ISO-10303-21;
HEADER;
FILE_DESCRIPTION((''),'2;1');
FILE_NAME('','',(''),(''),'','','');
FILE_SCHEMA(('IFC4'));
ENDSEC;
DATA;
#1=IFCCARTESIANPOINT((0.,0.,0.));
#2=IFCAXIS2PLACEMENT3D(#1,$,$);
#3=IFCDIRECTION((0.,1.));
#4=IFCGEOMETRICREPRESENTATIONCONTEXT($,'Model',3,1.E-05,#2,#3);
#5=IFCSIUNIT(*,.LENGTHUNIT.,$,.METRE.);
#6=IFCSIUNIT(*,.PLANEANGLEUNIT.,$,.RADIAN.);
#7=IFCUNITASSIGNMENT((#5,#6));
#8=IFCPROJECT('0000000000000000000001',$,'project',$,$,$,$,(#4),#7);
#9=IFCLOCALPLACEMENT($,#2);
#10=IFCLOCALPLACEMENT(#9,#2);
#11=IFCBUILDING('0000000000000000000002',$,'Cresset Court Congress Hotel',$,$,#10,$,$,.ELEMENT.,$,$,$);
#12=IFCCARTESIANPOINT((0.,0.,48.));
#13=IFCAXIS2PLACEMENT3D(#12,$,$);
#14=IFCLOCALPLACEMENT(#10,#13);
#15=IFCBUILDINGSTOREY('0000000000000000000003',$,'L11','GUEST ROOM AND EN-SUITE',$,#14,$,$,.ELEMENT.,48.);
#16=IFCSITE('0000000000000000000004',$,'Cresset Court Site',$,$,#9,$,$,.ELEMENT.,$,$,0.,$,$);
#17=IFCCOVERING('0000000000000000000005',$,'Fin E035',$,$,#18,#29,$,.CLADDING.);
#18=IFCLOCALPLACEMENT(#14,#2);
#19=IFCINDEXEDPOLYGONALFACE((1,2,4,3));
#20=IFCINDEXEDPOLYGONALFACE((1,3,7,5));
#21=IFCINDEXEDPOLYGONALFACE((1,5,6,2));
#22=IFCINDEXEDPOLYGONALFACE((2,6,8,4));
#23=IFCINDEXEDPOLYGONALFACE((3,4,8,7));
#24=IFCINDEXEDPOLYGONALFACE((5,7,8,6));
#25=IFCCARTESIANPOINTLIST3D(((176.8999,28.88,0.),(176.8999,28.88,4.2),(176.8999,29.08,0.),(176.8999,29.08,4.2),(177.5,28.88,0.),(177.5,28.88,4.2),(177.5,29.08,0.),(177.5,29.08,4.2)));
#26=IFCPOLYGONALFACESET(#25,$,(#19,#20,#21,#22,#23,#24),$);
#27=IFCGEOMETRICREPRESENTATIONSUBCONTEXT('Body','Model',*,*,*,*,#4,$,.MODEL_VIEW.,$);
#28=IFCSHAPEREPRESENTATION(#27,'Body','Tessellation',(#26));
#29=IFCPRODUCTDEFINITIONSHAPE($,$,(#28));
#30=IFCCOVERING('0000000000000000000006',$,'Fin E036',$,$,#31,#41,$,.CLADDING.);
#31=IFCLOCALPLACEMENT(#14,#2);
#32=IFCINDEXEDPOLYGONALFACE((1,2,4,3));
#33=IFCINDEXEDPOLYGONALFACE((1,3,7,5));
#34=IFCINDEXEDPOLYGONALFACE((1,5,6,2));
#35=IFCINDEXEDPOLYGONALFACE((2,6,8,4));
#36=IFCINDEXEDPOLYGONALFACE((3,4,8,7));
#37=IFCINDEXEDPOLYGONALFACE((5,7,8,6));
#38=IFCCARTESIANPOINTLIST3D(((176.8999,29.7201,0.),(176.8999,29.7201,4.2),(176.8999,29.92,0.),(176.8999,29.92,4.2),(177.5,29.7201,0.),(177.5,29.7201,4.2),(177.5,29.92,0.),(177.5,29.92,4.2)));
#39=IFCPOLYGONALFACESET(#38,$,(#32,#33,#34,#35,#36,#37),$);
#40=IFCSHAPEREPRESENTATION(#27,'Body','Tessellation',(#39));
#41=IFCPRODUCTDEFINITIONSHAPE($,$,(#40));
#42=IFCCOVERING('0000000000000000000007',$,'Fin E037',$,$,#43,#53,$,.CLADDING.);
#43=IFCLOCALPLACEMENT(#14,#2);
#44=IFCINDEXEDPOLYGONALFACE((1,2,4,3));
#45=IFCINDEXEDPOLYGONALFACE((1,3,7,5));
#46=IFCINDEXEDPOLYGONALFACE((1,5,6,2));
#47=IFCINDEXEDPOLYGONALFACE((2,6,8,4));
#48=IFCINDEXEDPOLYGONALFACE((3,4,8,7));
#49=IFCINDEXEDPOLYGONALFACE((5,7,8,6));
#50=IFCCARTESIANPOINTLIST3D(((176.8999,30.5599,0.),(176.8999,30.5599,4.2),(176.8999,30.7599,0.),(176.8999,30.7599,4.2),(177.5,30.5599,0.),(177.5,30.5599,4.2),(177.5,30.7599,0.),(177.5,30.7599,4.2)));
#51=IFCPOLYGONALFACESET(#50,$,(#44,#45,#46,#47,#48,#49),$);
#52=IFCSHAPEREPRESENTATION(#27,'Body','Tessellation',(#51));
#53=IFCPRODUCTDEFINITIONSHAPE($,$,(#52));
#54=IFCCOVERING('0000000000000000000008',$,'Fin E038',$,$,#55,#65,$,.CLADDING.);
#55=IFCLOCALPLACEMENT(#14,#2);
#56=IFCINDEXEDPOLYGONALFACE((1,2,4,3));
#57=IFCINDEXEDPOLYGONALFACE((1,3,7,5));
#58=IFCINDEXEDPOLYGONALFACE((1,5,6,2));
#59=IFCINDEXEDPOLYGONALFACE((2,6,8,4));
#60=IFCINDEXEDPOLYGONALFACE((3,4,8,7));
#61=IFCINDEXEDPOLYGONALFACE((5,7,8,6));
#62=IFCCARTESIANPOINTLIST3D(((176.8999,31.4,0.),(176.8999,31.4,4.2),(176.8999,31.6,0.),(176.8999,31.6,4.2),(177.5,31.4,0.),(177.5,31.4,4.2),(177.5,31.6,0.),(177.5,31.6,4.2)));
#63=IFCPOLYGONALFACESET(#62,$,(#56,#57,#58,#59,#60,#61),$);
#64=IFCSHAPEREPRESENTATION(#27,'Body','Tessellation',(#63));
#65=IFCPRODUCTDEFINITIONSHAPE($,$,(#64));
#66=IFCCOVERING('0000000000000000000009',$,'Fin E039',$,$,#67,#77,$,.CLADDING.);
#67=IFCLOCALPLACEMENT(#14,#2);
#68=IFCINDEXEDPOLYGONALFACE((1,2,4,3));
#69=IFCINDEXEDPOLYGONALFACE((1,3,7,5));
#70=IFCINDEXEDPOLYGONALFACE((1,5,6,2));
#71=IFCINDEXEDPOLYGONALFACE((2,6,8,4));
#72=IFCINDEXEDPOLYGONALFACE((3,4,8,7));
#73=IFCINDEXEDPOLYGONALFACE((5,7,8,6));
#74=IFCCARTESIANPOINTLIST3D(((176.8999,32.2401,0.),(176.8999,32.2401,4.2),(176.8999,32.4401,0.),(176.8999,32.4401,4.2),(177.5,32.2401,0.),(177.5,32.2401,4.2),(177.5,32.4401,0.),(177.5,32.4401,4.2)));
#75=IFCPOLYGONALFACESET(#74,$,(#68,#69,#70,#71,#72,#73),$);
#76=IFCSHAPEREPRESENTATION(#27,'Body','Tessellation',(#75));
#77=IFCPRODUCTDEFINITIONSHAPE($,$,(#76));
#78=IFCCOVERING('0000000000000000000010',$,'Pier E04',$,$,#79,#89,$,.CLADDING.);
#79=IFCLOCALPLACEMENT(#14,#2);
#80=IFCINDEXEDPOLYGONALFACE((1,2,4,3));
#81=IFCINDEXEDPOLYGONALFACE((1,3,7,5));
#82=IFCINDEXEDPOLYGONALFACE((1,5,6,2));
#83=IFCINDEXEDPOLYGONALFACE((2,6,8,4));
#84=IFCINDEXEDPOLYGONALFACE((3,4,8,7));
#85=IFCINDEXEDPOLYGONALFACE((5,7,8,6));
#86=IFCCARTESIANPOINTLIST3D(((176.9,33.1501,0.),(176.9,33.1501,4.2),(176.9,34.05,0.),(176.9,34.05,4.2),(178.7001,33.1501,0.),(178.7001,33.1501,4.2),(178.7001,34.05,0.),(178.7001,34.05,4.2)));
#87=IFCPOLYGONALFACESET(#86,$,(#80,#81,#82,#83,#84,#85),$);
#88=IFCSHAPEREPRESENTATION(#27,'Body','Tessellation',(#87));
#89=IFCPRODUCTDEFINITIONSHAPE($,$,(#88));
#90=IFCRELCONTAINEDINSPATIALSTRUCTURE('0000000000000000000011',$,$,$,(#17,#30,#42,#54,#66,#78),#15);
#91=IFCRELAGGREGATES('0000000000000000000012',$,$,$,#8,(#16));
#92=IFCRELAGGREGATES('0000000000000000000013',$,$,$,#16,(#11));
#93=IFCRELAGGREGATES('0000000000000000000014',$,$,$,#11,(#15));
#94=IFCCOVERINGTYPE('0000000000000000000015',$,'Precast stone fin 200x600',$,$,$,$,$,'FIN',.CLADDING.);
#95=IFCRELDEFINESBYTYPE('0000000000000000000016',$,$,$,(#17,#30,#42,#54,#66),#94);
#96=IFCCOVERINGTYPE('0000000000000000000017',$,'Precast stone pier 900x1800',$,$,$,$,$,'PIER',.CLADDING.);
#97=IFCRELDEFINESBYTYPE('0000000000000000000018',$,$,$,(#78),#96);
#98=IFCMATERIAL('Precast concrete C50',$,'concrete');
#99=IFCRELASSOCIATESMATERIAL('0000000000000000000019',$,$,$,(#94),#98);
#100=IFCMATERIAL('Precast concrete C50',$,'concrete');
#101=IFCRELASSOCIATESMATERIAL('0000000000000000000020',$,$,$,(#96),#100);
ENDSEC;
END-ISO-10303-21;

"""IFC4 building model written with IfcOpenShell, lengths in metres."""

from ifc_helpers import new_model, si_unit, direction, frame, origin, origin_2d, place, context, subcontext, project, spatial, rectangle, extrude, material, type_object, element, save


model = new_model("IFC4")

# Units and contexts
model_context = context("Model", 3, precision=1e-05, world=origin(), true_north=direction((0.0, 1.0)))
body_context = subcontext(model_context, "Body", "Model", "MODEL_VIEW")
ifc_project = project(units=[si_unit("LENGTHUNIT", "METRE"), si_unit("PLANEANGLEUNIT", "RADIAN")], contexts=[model_context])

# Site, building, storey
site_placement = place(None, origin())
site = spatial("IfcSite", under=ifc_project, at=site_placement, Name="Cresset Court Site", CompositionType="ELEMENT", RefElevation=0.0)
building_placement = place(site_placement, origin())
building = spatial("IfcBuilding", under=site, at=building_placement, Name="Cresset Court Congress Hotel", CompositionType="ELEMENT")
storey_placement = place(building_placement, frame((0.0, 0.0, 48.0)))
storey = spatial("IfcBuildingStorey", under=building, at=storey_placement, Name="L11", Description="GUEST ROOM AND EN-SUITE", CompositionType="ELEMENT", Elevation=48.0)

# Coverings
ifc_material_1 = material(Name="Precast concrete C50", Category="concrete")
covering_type_1 = type_object("IfcCoveringType", Name="Precast stone fin 200x600", ElementType="FIN", PredefinedType="CLADDING", material=ifc_material_1)
for number, where, z_axis, x_axis, name in (
    (1, (177.2, 28.98, 0.0), (0.0, 0.0, 1.0), (1.0, 0.0, 0.0), "Fin E035"),
    (2, (177.2, 29.8201, 0.0), (0.0, 0.0, 1.0), (1.0, 0.0, 0.0), "Fin E036"),
    (3, (177.2, 30.6599, 0.0), (0.0, 0.0, 1.0), (1.0, 0.0, 0.0), "Fin E037"),
    (4, (177.2, 31.5, 0.0), (0.0, 0.0, 1.0), (1.0, 0.0, 0.0), "Fin E038"),
    (5, (177.2, 32.3401, 0.0), (0.0, 0.0, 1.0), (1.0, 0.0, 0.0), "Fin E039"),
):
    element("IfcCovering", number, at=place(storey_placement, frame(where, z_axis=z_axis, x_axis=x_axis)), inside=storey, type_object=covering_type_1, Name=name, PredefinedType="CLADDING", context=body_context, shape_type="SweptSolid", body=[
        extrude(rectangle(XDim=0.6001, YDim=0.2, at=origin_2d()), origin(), (0.0, 0.0, 1.0), 4.2),
    ])
ifc_material_2 = material(Name="Precast concrete C50", Category="concrete")
covering_type_2 = type_object("IfcCoveringType", Name="Precast stone pier 900x1800", ElementType="PIER", PredefinedType="CLADDING", material=ifc_material_2)
covering_placement = place(storey_placement, frame((177.8, 33.6001, 0.0), z_axis=(0.0, 0.0, 1.0), x_axis=(1.0, 0.0, 0.0)))
element("IfcCovering", 6, at=covering_placement, inside=storey, type_object=covering_type_2, Name="Pier E04", PredefinedType="CLADDING", context=body_context, shape_type="SweptSolid", body=[
    extrude(rectangle(XDim=1.8, YDim=0.8999, at=origin_2d()), origin(), (0.0, 0.0, 1.0), 4.2),
])

save(model, "model.ifc")
